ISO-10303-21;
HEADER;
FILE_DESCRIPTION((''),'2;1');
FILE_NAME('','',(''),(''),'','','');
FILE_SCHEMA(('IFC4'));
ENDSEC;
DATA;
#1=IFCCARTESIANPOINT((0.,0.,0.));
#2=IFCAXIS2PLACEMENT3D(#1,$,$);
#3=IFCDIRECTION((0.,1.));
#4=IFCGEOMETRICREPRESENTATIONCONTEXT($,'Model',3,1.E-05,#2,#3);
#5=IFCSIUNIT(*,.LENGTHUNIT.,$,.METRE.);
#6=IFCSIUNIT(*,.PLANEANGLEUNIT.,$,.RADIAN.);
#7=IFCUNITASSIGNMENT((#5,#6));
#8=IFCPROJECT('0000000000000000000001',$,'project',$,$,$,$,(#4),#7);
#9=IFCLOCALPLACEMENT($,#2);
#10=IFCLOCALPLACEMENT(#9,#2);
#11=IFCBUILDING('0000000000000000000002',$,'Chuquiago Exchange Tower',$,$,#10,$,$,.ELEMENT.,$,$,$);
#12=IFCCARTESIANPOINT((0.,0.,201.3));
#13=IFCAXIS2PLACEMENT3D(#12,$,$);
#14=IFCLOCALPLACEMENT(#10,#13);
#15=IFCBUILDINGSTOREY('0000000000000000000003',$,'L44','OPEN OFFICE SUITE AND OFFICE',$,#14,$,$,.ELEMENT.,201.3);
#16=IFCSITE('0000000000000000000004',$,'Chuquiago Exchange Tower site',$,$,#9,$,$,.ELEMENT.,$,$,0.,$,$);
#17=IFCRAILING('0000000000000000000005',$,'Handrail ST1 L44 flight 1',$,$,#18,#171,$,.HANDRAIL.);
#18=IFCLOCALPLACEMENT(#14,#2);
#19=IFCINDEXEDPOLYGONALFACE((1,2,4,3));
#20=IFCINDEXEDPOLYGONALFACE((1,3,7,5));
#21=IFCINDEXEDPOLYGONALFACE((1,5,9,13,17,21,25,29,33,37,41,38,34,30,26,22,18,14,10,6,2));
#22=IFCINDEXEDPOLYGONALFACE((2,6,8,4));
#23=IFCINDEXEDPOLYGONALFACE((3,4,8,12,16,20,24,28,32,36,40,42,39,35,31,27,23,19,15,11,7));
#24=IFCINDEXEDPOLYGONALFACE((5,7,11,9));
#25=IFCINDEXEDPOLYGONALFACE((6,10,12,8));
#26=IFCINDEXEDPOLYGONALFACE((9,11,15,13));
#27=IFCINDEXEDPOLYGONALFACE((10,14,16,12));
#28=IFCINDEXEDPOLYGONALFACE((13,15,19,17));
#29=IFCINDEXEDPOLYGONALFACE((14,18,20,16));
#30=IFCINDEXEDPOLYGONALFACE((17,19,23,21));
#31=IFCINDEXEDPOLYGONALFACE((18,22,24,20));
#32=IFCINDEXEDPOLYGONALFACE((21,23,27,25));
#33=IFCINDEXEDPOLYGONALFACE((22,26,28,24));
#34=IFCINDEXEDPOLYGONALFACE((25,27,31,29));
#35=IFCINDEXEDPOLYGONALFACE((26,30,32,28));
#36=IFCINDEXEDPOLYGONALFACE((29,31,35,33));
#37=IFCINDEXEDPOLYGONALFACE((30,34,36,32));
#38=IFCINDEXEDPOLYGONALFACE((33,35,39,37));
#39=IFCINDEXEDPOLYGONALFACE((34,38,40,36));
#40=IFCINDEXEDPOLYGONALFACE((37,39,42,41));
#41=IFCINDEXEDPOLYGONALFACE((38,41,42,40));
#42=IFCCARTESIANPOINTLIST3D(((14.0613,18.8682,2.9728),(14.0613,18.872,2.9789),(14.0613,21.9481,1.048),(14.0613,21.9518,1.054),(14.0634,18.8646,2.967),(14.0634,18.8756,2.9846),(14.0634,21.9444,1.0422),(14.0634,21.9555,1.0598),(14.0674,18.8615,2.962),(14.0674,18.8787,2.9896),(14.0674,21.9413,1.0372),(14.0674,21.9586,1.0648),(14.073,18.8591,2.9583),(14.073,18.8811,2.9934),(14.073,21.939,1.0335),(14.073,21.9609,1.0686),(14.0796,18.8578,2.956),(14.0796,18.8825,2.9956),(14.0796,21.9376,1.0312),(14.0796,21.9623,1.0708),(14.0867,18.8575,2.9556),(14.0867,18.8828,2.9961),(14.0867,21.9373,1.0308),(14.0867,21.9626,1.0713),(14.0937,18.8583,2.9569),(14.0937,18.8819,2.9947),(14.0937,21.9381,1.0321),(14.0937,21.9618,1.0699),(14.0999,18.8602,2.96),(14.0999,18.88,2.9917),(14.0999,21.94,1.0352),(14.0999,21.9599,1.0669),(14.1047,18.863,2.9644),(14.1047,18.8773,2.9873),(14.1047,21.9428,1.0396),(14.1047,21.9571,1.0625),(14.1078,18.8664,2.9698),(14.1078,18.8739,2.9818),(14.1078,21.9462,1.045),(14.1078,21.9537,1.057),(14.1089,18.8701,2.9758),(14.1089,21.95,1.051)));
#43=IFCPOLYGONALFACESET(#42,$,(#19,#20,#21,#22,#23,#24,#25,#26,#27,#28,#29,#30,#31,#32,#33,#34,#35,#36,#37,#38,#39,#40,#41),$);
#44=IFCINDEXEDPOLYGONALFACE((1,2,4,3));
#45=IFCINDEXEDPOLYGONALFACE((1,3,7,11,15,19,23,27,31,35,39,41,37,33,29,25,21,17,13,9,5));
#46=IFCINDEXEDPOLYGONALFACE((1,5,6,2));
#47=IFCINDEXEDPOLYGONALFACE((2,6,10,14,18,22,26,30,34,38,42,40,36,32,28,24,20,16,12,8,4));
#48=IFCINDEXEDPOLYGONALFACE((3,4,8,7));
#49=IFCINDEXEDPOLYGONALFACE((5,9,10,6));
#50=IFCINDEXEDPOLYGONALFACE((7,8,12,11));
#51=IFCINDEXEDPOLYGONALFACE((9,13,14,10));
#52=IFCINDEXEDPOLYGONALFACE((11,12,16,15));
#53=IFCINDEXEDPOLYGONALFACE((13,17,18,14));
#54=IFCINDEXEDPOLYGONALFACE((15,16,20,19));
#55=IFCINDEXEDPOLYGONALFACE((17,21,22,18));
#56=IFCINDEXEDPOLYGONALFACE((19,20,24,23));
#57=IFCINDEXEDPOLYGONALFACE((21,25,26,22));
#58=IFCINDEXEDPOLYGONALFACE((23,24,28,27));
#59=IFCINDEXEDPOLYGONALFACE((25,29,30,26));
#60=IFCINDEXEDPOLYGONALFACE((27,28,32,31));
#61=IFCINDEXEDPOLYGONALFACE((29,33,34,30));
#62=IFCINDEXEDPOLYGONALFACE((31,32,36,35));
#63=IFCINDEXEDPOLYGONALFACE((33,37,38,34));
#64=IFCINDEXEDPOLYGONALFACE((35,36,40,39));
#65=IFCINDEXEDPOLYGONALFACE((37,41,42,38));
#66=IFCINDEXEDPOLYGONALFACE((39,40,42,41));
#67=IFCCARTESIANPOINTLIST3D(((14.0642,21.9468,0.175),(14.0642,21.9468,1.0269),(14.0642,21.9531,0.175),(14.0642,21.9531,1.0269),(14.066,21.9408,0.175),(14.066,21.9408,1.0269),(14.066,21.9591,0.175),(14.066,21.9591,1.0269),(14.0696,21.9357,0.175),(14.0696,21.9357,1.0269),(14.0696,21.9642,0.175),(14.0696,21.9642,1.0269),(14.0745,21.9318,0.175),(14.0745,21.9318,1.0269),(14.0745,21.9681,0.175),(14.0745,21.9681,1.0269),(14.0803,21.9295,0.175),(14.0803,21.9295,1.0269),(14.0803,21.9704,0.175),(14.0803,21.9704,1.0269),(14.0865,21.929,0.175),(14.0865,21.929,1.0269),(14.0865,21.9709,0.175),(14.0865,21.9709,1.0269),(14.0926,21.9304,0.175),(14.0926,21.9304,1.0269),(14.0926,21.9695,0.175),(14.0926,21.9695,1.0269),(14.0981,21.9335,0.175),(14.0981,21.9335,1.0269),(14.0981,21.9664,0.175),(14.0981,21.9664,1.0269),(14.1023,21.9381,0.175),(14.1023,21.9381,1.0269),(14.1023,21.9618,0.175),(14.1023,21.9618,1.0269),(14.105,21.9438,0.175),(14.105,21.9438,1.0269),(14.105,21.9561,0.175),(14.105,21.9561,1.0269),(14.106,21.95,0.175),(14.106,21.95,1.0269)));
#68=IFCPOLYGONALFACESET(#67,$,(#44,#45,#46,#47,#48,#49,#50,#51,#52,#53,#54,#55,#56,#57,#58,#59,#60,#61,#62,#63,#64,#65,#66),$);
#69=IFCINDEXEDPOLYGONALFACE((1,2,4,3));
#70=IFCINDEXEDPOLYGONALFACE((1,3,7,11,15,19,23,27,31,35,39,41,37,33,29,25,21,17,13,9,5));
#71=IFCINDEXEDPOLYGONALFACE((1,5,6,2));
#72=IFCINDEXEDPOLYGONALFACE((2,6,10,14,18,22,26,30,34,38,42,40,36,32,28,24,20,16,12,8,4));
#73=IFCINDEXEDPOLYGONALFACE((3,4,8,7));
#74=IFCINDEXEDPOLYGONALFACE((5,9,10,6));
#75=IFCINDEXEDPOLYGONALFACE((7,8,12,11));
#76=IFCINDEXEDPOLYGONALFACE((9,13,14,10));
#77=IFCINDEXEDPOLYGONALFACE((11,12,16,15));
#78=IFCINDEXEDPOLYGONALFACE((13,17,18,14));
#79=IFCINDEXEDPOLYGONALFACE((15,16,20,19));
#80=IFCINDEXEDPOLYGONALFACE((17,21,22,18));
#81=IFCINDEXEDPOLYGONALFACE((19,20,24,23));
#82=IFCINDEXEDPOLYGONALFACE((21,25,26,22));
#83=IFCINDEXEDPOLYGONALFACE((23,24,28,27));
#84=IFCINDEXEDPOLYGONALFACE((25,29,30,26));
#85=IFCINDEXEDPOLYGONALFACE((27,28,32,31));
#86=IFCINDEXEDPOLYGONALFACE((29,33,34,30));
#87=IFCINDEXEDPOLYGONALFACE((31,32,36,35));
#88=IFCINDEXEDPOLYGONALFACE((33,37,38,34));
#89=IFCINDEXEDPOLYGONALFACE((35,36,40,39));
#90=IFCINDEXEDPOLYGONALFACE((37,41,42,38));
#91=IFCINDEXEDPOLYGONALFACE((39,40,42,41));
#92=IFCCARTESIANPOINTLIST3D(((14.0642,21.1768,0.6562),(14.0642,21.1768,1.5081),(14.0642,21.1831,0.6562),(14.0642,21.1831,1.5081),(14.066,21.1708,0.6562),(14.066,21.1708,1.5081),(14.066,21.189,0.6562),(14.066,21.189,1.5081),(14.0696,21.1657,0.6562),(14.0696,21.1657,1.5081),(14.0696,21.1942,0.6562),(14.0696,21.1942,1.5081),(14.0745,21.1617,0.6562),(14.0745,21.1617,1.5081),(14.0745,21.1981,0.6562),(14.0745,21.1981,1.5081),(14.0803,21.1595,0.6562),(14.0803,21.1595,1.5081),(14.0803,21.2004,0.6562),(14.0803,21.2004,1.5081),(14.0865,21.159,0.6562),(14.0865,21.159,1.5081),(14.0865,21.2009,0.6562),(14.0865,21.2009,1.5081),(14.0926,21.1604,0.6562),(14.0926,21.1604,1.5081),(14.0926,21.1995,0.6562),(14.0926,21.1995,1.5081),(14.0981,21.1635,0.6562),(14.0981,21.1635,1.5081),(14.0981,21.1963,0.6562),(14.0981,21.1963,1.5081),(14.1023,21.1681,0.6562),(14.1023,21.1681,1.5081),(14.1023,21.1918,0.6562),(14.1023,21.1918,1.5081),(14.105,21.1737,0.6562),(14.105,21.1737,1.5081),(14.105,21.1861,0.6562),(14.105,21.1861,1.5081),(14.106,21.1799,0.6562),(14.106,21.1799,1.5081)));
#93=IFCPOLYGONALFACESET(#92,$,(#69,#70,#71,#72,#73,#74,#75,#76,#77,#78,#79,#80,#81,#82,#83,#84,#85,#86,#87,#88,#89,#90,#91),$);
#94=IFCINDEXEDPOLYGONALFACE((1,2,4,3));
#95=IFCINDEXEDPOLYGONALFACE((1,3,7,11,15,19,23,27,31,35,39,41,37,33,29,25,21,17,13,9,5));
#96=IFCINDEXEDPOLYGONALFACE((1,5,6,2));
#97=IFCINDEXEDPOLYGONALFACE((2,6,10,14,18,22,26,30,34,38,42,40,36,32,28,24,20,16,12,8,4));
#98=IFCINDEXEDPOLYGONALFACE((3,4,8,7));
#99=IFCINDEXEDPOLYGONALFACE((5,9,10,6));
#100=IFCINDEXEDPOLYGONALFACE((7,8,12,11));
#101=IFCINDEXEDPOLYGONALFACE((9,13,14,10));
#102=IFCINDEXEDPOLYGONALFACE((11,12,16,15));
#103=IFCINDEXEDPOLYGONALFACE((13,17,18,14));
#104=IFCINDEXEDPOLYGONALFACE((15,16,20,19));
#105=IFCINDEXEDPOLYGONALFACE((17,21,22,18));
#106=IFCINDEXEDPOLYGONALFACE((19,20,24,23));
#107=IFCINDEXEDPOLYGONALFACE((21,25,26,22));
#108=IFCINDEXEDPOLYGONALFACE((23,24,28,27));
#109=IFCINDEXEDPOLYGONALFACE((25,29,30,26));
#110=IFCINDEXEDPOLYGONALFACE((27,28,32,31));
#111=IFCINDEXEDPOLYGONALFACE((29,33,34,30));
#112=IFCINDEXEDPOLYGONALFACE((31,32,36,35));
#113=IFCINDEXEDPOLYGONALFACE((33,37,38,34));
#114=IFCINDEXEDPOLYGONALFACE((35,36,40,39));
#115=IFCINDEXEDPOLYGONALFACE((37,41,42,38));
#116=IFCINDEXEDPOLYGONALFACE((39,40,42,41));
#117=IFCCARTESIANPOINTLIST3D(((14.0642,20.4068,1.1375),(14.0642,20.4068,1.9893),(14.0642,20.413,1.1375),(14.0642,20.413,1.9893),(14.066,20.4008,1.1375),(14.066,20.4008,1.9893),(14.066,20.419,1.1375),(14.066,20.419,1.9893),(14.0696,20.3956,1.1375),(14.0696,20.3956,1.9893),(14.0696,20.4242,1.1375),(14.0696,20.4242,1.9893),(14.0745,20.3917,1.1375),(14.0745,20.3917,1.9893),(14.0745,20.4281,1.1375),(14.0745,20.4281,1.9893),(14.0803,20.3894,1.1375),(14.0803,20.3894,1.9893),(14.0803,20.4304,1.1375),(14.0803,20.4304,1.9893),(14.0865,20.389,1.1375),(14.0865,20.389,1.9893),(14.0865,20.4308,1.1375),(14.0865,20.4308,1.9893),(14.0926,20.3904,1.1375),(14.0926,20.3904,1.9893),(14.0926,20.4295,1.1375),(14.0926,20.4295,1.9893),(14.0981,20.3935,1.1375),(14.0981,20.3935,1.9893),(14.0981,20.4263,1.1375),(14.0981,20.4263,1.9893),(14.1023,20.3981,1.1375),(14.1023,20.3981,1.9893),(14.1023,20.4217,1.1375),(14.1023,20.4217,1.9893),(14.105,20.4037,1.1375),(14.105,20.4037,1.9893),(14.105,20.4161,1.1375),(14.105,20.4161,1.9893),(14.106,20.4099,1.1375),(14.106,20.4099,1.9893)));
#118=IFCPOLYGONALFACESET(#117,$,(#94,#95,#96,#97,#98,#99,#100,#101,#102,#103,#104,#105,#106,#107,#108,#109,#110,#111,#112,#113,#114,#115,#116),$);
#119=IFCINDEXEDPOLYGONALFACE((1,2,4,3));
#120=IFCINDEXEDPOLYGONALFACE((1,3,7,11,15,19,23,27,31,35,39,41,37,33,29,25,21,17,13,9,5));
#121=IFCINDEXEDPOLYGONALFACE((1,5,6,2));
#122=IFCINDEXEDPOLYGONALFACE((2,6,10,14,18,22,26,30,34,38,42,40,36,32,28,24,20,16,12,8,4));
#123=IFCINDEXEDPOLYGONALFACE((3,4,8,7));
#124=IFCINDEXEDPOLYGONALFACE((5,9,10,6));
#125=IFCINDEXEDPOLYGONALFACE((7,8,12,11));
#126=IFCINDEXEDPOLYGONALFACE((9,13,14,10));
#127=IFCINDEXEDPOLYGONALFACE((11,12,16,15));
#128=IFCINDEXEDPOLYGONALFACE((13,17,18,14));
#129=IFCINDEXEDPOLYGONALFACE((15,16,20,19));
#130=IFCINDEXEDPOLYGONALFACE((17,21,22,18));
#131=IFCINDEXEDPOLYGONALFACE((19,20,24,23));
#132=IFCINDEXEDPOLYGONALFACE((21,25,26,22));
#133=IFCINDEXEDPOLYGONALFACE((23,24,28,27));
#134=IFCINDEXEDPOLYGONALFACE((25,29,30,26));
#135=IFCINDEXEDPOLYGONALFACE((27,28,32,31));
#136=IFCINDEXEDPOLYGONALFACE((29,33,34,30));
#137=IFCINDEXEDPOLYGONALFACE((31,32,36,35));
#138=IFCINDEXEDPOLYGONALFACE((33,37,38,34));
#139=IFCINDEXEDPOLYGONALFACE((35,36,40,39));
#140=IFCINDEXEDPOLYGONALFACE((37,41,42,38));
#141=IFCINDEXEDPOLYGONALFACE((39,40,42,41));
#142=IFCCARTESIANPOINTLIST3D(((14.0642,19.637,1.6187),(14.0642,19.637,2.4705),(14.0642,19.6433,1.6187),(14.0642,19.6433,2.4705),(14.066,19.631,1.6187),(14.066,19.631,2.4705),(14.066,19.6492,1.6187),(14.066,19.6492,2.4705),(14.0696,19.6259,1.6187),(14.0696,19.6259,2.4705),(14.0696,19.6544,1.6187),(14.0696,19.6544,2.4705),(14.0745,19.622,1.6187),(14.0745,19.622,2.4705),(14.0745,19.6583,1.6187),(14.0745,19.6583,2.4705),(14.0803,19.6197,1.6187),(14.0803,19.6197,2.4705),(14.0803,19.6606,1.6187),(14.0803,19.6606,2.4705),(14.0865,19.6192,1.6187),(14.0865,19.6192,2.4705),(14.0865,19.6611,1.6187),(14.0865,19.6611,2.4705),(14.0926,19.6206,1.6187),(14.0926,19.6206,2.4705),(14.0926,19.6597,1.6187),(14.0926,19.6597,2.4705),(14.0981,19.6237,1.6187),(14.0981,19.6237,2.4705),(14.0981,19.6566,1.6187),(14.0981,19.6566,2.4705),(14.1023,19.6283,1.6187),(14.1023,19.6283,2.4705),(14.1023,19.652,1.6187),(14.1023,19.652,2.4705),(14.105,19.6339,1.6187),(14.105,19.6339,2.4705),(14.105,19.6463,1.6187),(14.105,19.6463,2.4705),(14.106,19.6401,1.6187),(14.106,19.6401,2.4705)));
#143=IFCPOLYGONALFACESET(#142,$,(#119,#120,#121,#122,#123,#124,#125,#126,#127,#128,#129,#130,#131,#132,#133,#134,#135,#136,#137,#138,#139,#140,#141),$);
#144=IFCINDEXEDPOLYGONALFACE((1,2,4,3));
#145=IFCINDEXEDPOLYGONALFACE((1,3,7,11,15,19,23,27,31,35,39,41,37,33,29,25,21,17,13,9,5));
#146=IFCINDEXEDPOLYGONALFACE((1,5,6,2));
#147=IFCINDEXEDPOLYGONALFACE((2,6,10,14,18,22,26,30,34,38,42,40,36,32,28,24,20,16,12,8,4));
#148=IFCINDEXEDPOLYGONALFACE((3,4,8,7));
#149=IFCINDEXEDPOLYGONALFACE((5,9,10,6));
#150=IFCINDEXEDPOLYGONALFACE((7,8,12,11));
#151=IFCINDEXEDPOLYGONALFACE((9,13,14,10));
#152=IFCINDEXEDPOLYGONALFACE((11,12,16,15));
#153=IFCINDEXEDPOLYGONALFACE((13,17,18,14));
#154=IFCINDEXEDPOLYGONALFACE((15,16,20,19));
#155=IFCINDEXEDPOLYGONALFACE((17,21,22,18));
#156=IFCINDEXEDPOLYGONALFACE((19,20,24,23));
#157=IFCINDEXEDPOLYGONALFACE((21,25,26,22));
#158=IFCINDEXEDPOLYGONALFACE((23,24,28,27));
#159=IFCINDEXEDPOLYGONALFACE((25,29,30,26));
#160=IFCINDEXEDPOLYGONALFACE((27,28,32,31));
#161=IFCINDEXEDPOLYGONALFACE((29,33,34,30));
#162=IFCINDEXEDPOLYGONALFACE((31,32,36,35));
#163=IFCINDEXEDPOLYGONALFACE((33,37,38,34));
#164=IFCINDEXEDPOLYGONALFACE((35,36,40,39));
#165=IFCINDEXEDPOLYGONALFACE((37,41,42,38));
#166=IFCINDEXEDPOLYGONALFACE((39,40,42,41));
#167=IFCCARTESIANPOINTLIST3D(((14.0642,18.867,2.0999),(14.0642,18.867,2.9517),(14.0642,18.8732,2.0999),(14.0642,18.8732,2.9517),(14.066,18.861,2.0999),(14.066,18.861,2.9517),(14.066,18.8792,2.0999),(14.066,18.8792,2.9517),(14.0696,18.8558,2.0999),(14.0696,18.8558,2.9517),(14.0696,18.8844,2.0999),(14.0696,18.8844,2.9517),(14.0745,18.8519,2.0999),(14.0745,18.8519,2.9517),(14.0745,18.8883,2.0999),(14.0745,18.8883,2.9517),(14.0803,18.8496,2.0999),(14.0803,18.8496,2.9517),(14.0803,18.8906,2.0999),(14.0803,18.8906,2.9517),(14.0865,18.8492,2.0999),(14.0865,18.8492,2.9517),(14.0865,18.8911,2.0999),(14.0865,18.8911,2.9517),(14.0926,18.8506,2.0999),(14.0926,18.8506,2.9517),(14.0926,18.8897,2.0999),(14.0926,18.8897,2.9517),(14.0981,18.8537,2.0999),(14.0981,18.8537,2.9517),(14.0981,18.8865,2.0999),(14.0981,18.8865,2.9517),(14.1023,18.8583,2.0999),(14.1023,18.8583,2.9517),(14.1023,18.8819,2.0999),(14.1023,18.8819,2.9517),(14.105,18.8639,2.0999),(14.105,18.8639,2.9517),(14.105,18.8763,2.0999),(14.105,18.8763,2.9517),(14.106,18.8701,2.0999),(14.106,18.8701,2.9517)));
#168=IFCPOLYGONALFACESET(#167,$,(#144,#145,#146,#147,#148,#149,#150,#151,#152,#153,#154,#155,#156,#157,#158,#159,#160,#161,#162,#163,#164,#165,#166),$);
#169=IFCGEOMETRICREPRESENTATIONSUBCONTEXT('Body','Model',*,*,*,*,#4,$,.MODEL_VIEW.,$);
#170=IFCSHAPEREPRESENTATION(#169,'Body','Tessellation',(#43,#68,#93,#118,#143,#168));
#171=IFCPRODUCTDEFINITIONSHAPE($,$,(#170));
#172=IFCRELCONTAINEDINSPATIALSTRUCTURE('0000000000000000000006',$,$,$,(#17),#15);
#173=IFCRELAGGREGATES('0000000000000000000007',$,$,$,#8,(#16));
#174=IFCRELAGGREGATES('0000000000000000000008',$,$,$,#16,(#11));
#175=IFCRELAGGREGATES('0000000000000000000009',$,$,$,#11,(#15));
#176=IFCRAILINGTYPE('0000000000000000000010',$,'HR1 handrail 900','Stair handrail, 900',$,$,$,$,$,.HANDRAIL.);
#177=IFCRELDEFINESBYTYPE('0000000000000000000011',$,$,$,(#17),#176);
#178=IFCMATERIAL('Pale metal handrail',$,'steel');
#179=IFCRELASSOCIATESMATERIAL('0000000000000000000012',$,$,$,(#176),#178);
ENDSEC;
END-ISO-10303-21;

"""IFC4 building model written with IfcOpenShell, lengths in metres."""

from ifc_helpers import new_model, si_unit, direction, frame, origin, origin_2d, place, context, subcontext, project, spatial, circle, extrude, material, type_object, element, save


model = new_model("IFC4")

# Units and contexts
model_context = context("Model", 3, precision=1e-05, world=origin(), true_north=direction((0.0, 1.0)))
body_context = subcontext(model_context, "Body", "Model", "MODEL_VIEW")
ifc_project = project(units=[si_unit("LENGTHUNIT", "METRE"), si_unit("PLANEANGLEUNIT", "RADIAN")], contexts=[model_context])

# Site, building, storey
site_placement = place(None, origin())
site = spatial("IfcSite", under=ifc_project, at=site_placement, Name="Chuquiago Exchange Tower site", CompositionType="ELEMENT", RefElevation=0.0)
building_placement = place(site_placement, origin())
building = spatial("IfcBuilding", under=site, at=building_placement, Name="Chuquiago Exchange Tower", CompositionType="ELEMENT")
storey_placement = place(building_placement, frame((0.0, 0.0, 201.3)))
storey = spatial("IfcBuildingStorey", under=building, at=storey_placement, Name="L44", Description="OPEN OFFICE SUITE AND OFFICE", CompositionType="ELEMENT", Elevation=201.3)

# Railing
ifc_material_1 = material(Name="Pale metal handrail", Category="steel")
railing_type_1 = type_object("IfcRailingType", Name="HR1 handrail 900", Description="Stair handrail, 900", PredefinedType="HANDRAIL", material=ifc_material_1)
for number, where, name in (
    (1, (14.085, 21.95, 0.175), "Handrail ST1 L44 flight 1"),
):
    element("IfcRailing", number, at=place(storey_placement, frame(where)), inside=storey, type_object=railing_type_1, Name=name, PredefinedType="HANDRAIL", context=body_context, shape_type="SweptSolid", body=[
        extrude(circle(Radius=0.0239, at=origin_2d()), frame((0.0, 0.0, 0.876), z_axis=(0.0, -0.84801, 0.529981), x_axis=(1.0, 0.0, 0.0)), (0.0, 0.0, 1.0), 3.6318),
        extrude(circle(Radius=0.021, at=origin_2d()), origin(), (0.0, 0.0, 1.0), 0.8518),
        extrude(circle(Radius=0.021, at=origin_2d()), frame((0.0, -0.77, 0.4812)), (0.0, 0.0, 1.0), 0.8518),
        extrude(circle(Radius=0.021, at=origin_2d()), frame((0.0, -1.54, 0.9624)), (0.0, 0.0, 1.0), 0.8518),
        extrude(circle(Radius=0.021, at=origin_2d()), frame((0.0, -2.3098, 1.4436)), (0.0, 0.0, 1.0), 0.8518),
        extrude(circle(Radius=0.021, at=origin_2d()), frame((0.0, -3.0798, 1.9248)), (0.0, 0.0, 1.0), 0.8518),
    ])

save(model, "model.ifc")
